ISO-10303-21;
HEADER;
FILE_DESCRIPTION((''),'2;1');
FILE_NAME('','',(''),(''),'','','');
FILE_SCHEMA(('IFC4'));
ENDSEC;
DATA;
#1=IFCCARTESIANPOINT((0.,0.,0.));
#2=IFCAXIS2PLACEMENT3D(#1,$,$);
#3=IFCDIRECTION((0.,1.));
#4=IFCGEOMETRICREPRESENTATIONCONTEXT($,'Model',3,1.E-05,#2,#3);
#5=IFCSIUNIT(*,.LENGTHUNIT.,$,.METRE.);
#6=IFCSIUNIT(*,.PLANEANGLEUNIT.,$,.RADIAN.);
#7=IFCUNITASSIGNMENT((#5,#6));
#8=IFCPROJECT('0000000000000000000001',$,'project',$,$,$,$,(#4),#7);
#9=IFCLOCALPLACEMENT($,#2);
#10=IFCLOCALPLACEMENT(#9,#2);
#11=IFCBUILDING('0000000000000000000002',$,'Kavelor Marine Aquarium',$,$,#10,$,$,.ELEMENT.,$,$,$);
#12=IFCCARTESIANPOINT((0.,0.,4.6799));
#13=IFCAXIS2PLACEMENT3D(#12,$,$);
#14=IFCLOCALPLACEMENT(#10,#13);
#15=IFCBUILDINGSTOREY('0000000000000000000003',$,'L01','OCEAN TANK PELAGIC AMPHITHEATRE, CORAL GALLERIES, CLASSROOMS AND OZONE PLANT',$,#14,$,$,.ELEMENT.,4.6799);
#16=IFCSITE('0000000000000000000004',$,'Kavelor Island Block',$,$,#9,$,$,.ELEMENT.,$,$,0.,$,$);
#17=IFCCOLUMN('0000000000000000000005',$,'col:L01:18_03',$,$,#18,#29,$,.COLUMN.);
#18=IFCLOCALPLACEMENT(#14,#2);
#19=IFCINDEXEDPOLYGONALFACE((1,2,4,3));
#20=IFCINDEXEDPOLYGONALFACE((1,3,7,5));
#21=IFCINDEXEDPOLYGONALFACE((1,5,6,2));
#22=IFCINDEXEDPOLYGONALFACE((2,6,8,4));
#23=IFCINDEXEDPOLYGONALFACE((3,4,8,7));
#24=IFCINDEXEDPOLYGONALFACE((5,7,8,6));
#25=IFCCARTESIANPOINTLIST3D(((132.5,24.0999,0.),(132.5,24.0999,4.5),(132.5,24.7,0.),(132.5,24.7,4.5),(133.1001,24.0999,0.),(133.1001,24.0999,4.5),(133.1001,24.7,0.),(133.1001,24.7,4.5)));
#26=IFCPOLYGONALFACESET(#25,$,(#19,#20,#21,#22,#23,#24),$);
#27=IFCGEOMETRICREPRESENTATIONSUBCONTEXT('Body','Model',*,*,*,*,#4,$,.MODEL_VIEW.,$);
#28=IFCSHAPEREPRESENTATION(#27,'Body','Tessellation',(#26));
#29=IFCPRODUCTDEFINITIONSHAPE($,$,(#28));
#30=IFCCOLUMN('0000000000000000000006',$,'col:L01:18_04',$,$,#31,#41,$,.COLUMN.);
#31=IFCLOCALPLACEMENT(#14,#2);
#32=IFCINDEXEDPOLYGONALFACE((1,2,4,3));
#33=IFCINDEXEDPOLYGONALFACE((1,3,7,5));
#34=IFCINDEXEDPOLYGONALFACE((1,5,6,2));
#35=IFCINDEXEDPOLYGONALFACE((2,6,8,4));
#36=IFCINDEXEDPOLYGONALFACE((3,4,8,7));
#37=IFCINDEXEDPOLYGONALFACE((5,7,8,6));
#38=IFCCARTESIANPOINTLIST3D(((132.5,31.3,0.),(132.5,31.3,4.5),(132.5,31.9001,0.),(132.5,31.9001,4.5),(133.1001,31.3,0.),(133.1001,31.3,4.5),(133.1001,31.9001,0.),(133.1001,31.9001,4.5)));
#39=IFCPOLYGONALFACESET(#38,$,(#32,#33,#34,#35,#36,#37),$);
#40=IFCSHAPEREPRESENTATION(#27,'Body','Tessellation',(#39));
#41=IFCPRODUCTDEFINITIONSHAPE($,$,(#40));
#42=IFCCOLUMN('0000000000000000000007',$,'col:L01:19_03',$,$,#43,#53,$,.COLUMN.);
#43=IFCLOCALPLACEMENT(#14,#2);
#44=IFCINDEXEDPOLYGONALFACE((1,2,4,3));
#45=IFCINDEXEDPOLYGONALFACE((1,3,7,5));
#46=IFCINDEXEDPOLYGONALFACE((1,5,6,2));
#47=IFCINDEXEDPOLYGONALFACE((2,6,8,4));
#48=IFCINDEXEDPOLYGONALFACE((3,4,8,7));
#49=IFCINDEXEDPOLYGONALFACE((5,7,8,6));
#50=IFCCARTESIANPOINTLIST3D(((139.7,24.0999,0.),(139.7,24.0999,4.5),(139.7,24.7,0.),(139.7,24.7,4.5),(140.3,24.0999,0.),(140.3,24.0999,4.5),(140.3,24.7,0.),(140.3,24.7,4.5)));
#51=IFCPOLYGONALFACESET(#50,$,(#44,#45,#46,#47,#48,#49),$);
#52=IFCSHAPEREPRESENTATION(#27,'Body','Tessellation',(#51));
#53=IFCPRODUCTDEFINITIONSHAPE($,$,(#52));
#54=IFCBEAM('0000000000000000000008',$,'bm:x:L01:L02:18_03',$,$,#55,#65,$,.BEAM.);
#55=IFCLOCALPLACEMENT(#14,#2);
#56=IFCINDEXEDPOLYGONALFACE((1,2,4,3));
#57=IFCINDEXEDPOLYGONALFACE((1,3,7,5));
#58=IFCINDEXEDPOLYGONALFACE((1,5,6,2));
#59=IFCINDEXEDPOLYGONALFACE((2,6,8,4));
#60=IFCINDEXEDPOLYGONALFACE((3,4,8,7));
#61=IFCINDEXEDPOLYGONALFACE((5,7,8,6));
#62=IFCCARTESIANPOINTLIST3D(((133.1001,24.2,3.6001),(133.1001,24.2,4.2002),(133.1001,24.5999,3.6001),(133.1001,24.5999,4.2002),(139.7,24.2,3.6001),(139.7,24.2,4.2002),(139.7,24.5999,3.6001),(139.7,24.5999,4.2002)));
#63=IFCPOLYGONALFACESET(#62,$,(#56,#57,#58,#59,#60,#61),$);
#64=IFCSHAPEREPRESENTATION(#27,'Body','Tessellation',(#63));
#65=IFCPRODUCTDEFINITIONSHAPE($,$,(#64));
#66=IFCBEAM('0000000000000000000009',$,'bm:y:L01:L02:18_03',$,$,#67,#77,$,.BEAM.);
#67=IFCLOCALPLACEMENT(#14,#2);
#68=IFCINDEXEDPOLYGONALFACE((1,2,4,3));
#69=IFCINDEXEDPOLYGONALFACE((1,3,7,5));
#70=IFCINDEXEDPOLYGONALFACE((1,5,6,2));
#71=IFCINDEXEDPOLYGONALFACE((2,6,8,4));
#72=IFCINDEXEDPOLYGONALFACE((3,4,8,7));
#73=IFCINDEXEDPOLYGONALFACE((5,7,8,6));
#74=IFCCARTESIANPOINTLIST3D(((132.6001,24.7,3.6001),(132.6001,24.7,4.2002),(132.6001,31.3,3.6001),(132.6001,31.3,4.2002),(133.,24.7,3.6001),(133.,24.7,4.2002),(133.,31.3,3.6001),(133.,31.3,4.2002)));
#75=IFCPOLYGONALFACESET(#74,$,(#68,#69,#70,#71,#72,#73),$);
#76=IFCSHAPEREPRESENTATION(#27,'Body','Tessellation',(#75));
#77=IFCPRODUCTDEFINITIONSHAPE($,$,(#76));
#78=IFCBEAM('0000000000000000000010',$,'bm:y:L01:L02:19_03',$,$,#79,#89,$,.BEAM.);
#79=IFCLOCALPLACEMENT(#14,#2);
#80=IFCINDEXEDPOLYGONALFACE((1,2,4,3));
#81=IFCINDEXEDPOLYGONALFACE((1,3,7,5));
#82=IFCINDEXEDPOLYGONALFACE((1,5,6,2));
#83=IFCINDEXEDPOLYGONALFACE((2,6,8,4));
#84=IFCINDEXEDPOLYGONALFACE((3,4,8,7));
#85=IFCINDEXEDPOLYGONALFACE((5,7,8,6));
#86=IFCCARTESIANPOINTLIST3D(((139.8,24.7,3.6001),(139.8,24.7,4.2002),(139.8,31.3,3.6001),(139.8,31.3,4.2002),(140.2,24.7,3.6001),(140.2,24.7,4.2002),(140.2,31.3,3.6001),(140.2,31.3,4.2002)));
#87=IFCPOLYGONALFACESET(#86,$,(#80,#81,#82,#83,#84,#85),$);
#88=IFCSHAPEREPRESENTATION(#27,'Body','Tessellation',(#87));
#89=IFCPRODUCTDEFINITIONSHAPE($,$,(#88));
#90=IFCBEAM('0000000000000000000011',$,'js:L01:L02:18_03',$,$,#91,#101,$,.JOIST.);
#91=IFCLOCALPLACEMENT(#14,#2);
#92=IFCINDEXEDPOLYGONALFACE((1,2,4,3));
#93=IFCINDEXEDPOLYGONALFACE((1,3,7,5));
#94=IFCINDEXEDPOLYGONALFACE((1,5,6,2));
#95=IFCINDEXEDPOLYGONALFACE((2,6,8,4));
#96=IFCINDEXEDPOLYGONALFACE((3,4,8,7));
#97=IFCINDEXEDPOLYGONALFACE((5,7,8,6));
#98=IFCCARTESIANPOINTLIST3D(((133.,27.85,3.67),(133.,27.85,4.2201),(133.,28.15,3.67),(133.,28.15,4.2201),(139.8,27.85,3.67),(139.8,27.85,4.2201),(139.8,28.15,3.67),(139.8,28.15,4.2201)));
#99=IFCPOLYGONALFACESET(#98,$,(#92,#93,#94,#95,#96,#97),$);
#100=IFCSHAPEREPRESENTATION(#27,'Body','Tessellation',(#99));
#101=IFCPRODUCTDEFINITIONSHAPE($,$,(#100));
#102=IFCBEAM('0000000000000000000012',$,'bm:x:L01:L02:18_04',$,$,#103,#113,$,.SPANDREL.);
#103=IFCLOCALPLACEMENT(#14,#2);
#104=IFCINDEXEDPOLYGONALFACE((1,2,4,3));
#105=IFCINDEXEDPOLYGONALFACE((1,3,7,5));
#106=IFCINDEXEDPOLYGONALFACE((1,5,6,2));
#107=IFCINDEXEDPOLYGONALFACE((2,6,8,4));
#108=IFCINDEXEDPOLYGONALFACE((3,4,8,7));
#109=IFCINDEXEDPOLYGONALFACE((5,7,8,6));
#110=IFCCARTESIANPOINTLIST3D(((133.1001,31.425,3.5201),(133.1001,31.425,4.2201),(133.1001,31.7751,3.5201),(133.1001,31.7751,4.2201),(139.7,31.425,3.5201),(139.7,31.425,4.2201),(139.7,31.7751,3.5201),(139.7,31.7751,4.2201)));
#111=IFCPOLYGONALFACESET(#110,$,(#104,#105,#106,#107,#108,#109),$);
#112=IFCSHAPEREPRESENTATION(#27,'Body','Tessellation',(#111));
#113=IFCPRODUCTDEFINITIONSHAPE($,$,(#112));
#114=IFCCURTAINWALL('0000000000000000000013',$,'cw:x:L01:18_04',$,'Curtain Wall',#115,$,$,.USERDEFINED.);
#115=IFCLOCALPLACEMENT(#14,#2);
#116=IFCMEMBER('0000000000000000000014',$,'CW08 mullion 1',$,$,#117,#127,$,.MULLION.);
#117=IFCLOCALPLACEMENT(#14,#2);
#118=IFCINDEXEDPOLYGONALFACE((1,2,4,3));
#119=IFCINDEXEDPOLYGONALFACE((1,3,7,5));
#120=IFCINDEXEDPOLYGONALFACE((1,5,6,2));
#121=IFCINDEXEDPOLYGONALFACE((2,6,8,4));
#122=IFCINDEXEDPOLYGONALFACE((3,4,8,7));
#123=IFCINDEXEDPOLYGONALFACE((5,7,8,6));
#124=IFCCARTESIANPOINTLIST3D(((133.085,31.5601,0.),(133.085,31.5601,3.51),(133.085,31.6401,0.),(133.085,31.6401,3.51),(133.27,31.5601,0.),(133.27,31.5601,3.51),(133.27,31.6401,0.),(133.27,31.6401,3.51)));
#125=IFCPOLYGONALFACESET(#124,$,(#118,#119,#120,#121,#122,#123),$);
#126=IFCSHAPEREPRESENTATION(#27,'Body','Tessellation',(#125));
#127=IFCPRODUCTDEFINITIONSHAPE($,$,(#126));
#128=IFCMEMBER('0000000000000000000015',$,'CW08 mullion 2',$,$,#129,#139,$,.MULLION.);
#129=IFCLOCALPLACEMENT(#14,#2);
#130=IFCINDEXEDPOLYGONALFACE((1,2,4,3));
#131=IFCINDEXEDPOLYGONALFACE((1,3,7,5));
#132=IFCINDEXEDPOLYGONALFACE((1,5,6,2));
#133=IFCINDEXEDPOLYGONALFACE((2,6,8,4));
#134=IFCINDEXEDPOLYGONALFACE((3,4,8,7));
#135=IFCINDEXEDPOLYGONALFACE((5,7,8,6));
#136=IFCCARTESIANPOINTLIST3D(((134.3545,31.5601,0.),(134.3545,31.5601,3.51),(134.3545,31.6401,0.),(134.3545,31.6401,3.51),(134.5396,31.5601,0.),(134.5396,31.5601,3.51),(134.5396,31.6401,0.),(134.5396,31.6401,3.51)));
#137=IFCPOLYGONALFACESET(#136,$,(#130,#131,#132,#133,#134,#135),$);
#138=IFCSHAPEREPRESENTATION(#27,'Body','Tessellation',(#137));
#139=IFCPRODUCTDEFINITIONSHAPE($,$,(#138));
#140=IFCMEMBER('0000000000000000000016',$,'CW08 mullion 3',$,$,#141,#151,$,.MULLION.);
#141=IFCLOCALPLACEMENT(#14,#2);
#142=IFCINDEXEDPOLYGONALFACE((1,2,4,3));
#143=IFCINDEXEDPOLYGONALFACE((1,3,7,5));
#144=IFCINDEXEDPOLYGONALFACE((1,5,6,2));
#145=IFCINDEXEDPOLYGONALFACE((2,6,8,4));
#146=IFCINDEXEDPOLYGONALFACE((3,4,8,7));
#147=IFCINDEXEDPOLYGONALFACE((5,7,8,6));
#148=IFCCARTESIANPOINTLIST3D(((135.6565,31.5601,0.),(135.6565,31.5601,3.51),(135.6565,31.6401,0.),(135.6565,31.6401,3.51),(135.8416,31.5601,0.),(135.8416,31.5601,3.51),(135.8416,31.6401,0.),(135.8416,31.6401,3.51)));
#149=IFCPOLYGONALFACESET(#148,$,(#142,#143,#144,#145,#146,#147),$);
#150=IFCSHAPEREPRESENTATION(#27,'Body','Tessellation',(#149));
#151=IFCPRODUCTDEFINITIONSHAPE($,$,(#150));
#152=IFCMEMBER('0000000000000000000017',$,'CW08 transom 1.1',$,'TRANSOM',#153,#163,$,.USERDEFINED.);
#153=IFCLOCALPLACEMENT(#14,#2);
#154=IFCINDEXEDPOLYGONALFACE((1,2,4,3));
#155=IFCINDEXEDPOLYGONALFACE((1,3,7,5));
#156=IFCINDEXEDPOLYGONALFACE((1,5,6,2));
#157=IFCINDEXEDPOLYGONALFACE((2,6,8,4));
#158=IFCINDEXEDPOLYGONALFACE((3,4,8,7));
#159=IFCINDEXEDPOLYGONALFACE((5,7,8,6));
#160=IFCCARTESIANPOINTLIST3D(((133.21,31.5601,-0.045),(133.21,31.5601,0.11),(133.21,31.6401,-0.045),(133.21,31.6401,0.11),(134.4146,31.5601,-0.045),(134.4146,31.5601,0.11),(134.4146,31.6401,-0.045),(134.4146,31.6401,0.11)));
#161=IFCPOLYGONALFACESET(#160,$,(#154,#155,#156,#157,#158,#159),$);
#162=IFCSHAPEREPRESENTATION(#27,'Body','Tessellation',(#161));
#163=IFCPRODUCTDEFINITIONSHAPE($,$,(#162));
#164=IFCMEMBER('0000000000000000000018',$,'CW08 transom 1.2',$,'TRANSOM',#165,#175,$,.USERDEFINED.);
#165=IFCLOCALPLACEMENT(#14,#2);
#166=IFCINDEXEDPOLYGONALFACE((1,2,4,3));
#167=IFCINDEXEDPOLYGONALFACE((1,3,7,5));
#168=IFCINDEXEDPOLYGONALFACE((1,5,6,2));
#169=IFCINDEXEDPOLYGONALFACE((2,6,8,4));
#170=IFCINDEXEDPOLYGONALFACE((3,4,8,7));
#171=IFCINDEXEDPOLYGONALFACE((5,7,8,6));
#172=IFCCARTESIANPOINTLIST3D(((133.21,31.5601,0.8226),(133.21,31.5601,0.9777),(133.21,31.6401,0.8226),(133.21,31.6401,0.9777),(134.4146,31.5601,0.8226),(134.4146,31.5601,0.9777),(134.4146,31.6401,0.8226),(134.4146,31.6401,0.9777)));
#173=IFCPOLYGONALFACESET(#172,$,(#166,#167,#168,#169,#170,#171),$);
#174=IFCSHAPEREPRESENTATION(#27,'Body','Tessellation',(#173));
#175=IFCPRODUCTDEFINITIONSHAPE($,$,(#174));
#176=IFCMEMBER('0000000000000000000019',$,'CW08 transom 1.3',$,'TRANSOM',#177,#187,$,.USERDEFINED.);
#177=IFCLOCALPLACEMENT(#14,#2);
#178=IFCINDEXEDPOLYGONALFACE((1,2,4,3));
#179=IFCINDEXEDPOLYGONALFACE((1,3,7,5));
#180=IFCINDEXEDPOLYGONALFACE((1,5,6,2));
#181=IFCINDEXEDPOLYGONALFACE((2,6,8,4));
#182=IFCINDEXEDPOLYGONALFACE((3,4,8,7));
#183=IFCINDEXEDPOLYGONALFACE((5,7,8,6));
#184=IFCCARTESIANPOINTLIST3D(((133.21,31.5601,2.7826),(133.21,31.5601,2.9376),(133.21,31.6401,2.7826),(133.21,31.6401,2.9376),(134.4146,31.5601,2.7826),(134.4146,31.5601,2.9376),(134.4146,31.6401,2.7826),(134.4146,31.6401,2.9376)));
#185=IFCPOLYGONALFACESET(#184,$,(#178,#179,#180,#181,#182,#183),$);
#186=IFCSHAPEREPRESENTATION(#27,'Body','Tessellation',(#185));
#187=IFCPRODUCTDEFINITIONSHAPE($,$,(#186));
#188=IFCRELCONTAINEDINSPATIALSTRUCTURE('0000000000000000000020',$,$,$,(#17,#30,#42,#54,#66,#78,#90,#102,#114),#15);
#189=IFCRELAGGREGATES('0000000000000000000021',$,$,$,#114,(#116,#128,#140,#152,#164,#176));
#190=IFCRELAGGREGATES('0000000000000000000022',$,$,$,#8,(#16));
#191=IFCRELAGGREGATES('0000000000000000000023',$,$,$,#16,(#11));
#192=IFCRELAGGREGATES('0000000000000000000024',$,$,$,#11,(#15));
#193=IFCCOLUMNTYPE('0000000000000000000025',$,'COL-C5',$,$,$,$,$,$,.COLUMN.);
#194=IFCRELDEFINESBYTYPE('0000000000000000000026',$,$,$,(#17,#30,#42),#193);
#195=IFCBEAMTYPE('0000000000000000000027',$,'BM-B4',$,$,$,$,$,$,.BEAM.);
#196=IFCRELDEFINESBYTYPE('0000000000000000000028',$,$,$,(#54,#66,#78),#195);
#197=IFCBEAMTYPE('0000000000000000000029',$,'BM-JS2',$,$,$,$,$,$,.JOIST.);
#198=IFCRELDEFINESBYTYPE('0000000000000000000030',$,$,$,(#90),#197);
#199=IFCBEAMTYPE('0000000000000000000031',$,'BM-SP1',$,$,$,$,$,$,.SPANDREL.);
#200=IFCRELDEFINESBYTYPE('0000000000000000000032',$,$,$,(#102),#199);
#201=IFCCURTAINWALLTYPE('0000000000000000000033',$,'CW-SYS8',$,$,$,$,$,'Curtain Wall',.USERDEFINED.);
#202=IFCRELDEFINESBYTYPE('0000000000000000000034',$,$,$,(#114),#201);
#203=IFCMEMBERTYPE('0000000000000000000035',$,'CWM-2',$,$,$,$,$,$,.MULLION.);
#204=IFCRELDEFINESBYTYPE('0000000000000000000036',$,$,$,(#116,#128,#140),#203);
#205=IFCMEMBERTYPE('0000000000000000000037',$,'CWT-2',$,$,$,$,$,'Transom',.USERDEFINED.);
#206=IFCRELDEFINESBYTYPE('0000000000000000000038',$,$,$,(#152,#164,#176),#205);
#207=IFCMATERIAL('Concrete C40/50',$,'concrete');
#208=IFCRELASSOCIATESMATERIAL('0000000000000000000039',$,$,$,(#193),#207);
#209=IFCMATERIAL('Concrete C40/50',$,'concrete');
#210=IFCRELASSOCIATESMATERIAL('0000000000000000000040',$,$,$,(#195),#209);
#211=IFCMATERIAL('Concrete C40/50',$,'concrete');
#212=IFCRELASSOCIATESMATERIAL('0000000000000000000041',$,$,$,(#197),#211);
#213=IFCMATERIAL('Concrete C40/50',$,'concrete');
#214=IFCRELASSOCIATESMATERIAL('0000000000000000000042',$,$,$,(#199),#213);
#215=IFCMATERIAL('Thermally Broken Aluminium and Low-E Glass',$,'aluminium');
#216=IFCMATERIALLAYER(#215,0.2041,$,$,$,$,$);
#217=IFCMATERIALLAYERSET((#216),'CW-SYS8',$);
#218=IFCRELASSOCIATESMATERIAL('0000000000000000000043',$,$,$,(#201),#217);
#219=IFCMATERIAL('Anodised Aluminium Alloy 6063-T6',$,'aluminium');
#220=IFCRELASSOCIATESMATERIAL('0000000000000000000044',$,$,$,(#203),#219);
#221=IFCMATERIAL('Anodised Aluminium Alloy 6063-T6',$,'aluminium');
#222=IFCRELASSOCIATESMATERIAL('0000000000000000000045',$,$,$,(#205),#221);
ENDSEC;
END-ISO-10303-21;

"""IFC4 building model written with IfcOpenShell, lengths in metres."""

from ifc_helpers import new_model, si_unit, direction, frame, origin, origin_2d, place, context, subcontext, project, spatial, rectangle, extrude, material, layer, layer_set, material_profile, profile_set, type_object, element, aggregate, save


model = new_model("IFC4")

# Units and contexts
model_context = context("Model", 3, precision=1e-05, world=origin(), true_north=direction((0.0, 1.0)))
body_context = subcontext(model_context, "Body", "Model", "MODEL_VIEW")
ifc_project = project(units=[si_unit("LENGTHUNIT", "METRE"), si_unit("PLANEANGLEUNIT", "RADIAN")], contexts=[model_context])

# Site, building, storey
site_placement = place(None, origin())
site = spatial("IfcSite", under=ifc_project, at=site_placement, Name="Kavelor Island Block", CompositionType="ELEMENT", RefElevation=0.0)
building_placement = place(site_placement, origin())
building = spatial("IfcBuilding", under=site, at=building_placement, Name="Kavelor Marine Aquarium", CompositionType="ELEMENT")
storey_placement = place(building_placement, frame((0.0, 0.0, 4.6799)))
storey = spatial("IfcBuildingStorey", under=building, at=storey_placement, Name="L01", Description="OCEAN TANK PELAGIC AMPHITHEATRE, CORAL GALLERIES, CLASSROOMS AND OZONE PLANT", CompositionType="ELEMENT", Elevation=4.6799)

# Columns
ifc_material_1 = material(Name="Concrete C40/50", Category="concrete")
ifc_material_profile_1 = material_profile(ifc_material_1, rectangle(XDim=0.6001, YDim=0.6001, at=origin_2d()), Name="RC-COL 600x600")
ifc_profile_set_1 = profile_set([ifc_material_profile_1], Name="Concrete C40/50")
column_type = type_object("IfcColumnType", Name="COL-C5", PredefinedType="COLUMN", material=ifc_profile_set_1)
for number, where, z_axis, x_axis, name in (
    (1, (132.8, 24.3999, 0.0), (0.0, 0.0, 1.0), (1.0, 0.0, 0.0), "col:L01:18_03"),
    (2, (132.8, 31.6001, 0.0), (0.0, 0.0, 1.0), (1.0, 0.0, 0.0), "col:L01:18_04"),
    (3, (140.0, 24.3999, 0.0), (0.0, 0.0, 1.0), (1.0, 0.0, 0.0), "col:L01:19_03"),
):
    element("IfcColumn", number, at=place(storey_placement, frame(where, z_axis=z_axis, x_axis=x_axis)), inside=storey, type_object=column_type, Name=name, PredefinedType="COLUMN", context=body_context, shape_type="SweptSolid", body=[
        extrude(rectangle(XDim=0.6001, YDim=0.6001, at=origin_2d()), origin(), (0.0, 0.0, 1.0), 4.5),
    ])

# Beams
ifc_material_2 = material(Name="Concrete C40/50", Category="concrete")
ifc_material_profile_2 = material_profile(ifc_material_2, rectangle(XDim=0.3999, YDim=0.6001, at=origin_2d()), Name="RC-BM 400x600")
ifc_profile_set_2 = profile_set([ifc_material_profile_2], Name="Concrete C40/50")
beam_type_1 = type_object("IfcBeamType", Name="BM-B4", PredefinedType="BEAM", material=ifc_profile_set_2)
beam_1_placement = place(storey_placement, frame((133.1001, 24.3999, 3.9001), z_axis=(1.0, 0.0, 0.0), x_axis=(0.0, 1.0, 0.0)))
element("IfcBeam", 4, at=beam_1_placement, inside=storey, type_object=beam_type_1, Name="bm:x:L01:L02:18_03", PredefinedType="BEAM", context=body_context, shape_type="SweptSolid", body=[
    extrude(rectangle(XDim=0.3999, YDim=0.6001, at=origin_2d()), origin(), (0.0, 0.0, 1.0), 6.5999),
])
for number, where, z_axis, x_axis, name in (
    (5, (132.8, 24.7, 3.9001), (0.0, 1.0, 0.0), (-1.0, 0.0, 0.0), "bm:y:L01:L02:18_03"),
    (6, (140.0, 24.7, 3.9001), (0.0, 1.0, 0.0), (-1.0, 0.0, 0.0), "bm:y:L01:L02:19_03"),
):
    element("IfcBeam", number, at=place(storey_placement, frame(where, z_axis=z_axis, x_axis=x_axis)), inside=storey, type_object=beam_type_1, Name=name, PredefinedType="BEAM", context=body_context, shape_type="SweptSolid", body=[
        extrude(rectangle(XDim=0.3999, YDim=0.6001, at=origin_2d()), origin(), (0.0, 0.0, 1.0), 6.6001),
    ])
ifc_material_3 = material(Name="Concrete C40/50", Category="concrete")
ifc_material_profile_3 = material_profile(ifc_material_3, rectangle(XDim=0.3, YDim=0.55, at=origin_2d()), Name="RC-JS 300x550")
ifc_profile_set_3 = profile_set([ifc_material_profile_3], Name="Concrete C40/50")
beam_type_2 = type_object("IfcBeamType", Name="BM-JS2", PredefinedType="JOIST", material=ifc_profile_set_3)
beam_2_placement = place(storey_placement, frame((133.0, 28.0, 3.9451), z_axis=(1.0, 0.0, 0.0), x_axis=(0.0, 1.0, 0.0)))
element("IfcBeam", 7, at=beam_2_placement, inside=storey, type_object=beam_type_2, Name="js:L01:L02:18_03", PredefinedType="JOIST", context=body_context, shape_type="SweptSolid", body=[
    extrude(rectangle(XDim=0.3, YDim=0.55, at=origin_2d()), origin(), (0.0, 0.0, 1.0), 6.8),
])
ifc_material_4 = material(Name="Concrete C40/50", Category="concrete")
ifc_material_profile_4 = material_profile(ifc_material_4, rectangle(XDim=0.3501, YDim=0.7, at=origin_2d()), Name="RC-SP 350x700")
ifc_profile_set_4 = profile_set([ifc_material_profile_4], Name="Concrete C40/50")
beam_type_3 = type_object("IfcBeamType", Name="BM-SP1", PredefinedType="SPANDREL", material=ifc_profile_set_4)
beam_3_placement = place(storey_placement, frame((133.1001, 31.6001, 3.8701), z_axis=(1.0, 0.0, 0.0), x_axis=(0.0, 1.0, 0.0)))
element("IfcBeam", 8, at=beam_3_placement, inside=storey, type_object=beam_type_3, Name="bm:x:L01:L02:18_04", PredefinedType="SPANDREL", context=body_context, shape_type="SweptSolid", body=[
    extrude(rectangle(XDim=0.3501, YDim=0.7, at=origin_2d()), origin(), (0.0, 0.0, 1.0), 6.5999),
])

# Curtain wall, members
ifc_material_5 = material(Name="Thermally Broken Aluminium and Low-E Glass", Category="aluminium")
ifc_layer_1 = layer(ifc_material_5, 0.2041)
ifc_layer_set_1 = layer_set([ifc_layer_1], Name="CW-SYS8")
curtain_wall_type = type_object("IfcCurtainWallType", Name="CW-SYS8", ElementType="Curtain Wall", PredefinedType="USERDEFINED", material=ifc_layer_set_1)
curtain_wall_placement = place(storey_placement, origin())
curtain_wall = element("IfcCurtainWall", 9, at=curtain_wall_placement, inside=storey, type_object=curtain_wall_type, Name="cw:x:L01:18_04", ObjectType="Curtain Wall", PredefinedType="USERDEFINED")
ifc_material_6 = material(Name="Anodised Aluminium Alloy 6063-T6", Category="aluminium")
ifc_material_profile_5 = material_profile(ifc_material_6, rectangle(XDim=0.0801, YDim=0.1851, at=origin_2d()), Name="CW-MUL 80x185")
ifc_profile_set_5 = profile_set([ifc_material_profile_5], Name="Anodised Aluminium Alloy 6063-T6")
member_type_1 = type_object("IfcMemberType", Name="CWM-2", PredefinedType="MULLION", material=ifc_profile_set_5)
member_1_placement = place(storey_placement, frame((133.1775, 31.6001, 0.0), z_axis=(0.0, 0.0, 1.0), x_axis=(0.0, 1.0, 0.0)))
member_1 = element("IfcMember", 10, at=member_1_placement, type_object=member_type_1, Name="CW08 mullion 1", PredefinedType="MULLION", context=body_context, shape_type="SweptSolid", body=[
    extrude(rectangle(XDim=0.0801, YDim=0.1851, at=origin_2d()), origin(), (0.0, 0.0, 1.0), 3.51),
])
member_2_placement = place(storey_placement, frame((134.447, 31.6001, 0.0), z_axis=(0.0, 0.0, 1.0), x_axis=(0.0, 1.0, 0.0)))
member_2 = element("IfcMember", 11, at=member_2_placement, type_object=member_type_1, Name="CW08 mullion 2", PredefinedType="MULLION", context=body_context, shape_type="SweptSolid", body=[
    extrude(rectangle(XDim=0.0801, YDim=0.1851, at=origin_2d()), origin(), (0.0, 0.0, 1.0), 3.51),
])
member_3_placement = place(storey_placement, frame((135.749, 31.6001, 0.0), z_axis=(0.0, 0.0, 1.0), x_axis=(0.0, 1.0, 0.0)))
member_3 = element("IfcMember", 12, at=member_3_placement, type_object=member_type_1, Name="CW08 mullion 3", PredefinedType="MULLION", context=body_context, shape_type="SweptSolid", body=[
    extrude(rectangle(XDim=0.0801, YDim=0.1851, at=origin_2d()), origin(), (0.0, 0.0, 1.0), 3.51),
])
ifc_material_7 = material(Name="Anodised Aluminium Alloy 6063-T6", Category="aluminium")
ifc_material_profile_6 = material_profile(ifc_material_7, rectangle(XDim=0.0801, YDim=0.155, at=origin_2d()), Name="CW-TRN 80x155")
ifc_profile_set_6 = profile_set([ifc_material_profile_6], Name="Anodised Aluminium Alloy 6063-T6")
member_type_2 = type_object("IfcMemberType", Name="CWT-2", ElementType="Transom", PredefinedType="USERDEFINED", material=ifc_profile_set_6)
member_4_placement = place(storey_placement, frame((133.21, 31.6001, 0.0325), z_axis=(1.0, 0.0, 0.0), x_axis=(0.0, 1.0, 0.0)))
member_4 = element("IfcMember", 13, at=member_4_placement, type_object=member_type_2, Name="CW08 transom 1.1", ObjectType="TRANSOM", PredefinedType="USERDEFINED", context=body_context, shape_type="SweptSolid", body=[
    extrude(rectangle(XDim=0.0801, YDim=0.155, at=origin_2d()), origin(), (0.0, 0.0, 1.0), 1.2046),
])
member_5_placement = place(storey_placement, frame((133.21, 31.6001, 0.9001), z_axis=(1.0, 0.0, 0.0), x_axis=(0.0, 1.0, 0.0)))
member_5 = element("IfcMember", 14, at=member_5_placement, type_object=member_type_2, Name="CW08 transom 1.2", ObjectType="TRANSOM", PredefinedType="USERDEFINED", context=body_context, shape_type="SweptSolid", body=[
    extrude(rectangle(XDim=0.0801, YDim=0.155, at=origin_2d()), origin(), (0.0, 0.0, 1.0), 1.2046),
])
member_6_placement = place(storey_placement, frame((133.21, 31.6001, 2.8601), z_axis=(1.0, 0.0, 0.0), x_axis=(0.0, 1.0, 0.0)))
member_6 = element("IfcMember", 15, at=member_6_placement, type_object=member_type_2, Name="CW08 transom 1.3", ObjectType="TRANSOM", PredefinedType="USERDEFINED", context=body_context, shape_type="SweptSolid", body=[
    extrude(rectangle(XDim=0.0801, YDim=0.155, at=origin_2d()), origin(), (0.0, 0.0, 1.0), 1.2046),
])
aggregate(curtain_wall, [member_1, member_2, member_3, member_4, member_5, member_6])

save(model, "model.ifc")
